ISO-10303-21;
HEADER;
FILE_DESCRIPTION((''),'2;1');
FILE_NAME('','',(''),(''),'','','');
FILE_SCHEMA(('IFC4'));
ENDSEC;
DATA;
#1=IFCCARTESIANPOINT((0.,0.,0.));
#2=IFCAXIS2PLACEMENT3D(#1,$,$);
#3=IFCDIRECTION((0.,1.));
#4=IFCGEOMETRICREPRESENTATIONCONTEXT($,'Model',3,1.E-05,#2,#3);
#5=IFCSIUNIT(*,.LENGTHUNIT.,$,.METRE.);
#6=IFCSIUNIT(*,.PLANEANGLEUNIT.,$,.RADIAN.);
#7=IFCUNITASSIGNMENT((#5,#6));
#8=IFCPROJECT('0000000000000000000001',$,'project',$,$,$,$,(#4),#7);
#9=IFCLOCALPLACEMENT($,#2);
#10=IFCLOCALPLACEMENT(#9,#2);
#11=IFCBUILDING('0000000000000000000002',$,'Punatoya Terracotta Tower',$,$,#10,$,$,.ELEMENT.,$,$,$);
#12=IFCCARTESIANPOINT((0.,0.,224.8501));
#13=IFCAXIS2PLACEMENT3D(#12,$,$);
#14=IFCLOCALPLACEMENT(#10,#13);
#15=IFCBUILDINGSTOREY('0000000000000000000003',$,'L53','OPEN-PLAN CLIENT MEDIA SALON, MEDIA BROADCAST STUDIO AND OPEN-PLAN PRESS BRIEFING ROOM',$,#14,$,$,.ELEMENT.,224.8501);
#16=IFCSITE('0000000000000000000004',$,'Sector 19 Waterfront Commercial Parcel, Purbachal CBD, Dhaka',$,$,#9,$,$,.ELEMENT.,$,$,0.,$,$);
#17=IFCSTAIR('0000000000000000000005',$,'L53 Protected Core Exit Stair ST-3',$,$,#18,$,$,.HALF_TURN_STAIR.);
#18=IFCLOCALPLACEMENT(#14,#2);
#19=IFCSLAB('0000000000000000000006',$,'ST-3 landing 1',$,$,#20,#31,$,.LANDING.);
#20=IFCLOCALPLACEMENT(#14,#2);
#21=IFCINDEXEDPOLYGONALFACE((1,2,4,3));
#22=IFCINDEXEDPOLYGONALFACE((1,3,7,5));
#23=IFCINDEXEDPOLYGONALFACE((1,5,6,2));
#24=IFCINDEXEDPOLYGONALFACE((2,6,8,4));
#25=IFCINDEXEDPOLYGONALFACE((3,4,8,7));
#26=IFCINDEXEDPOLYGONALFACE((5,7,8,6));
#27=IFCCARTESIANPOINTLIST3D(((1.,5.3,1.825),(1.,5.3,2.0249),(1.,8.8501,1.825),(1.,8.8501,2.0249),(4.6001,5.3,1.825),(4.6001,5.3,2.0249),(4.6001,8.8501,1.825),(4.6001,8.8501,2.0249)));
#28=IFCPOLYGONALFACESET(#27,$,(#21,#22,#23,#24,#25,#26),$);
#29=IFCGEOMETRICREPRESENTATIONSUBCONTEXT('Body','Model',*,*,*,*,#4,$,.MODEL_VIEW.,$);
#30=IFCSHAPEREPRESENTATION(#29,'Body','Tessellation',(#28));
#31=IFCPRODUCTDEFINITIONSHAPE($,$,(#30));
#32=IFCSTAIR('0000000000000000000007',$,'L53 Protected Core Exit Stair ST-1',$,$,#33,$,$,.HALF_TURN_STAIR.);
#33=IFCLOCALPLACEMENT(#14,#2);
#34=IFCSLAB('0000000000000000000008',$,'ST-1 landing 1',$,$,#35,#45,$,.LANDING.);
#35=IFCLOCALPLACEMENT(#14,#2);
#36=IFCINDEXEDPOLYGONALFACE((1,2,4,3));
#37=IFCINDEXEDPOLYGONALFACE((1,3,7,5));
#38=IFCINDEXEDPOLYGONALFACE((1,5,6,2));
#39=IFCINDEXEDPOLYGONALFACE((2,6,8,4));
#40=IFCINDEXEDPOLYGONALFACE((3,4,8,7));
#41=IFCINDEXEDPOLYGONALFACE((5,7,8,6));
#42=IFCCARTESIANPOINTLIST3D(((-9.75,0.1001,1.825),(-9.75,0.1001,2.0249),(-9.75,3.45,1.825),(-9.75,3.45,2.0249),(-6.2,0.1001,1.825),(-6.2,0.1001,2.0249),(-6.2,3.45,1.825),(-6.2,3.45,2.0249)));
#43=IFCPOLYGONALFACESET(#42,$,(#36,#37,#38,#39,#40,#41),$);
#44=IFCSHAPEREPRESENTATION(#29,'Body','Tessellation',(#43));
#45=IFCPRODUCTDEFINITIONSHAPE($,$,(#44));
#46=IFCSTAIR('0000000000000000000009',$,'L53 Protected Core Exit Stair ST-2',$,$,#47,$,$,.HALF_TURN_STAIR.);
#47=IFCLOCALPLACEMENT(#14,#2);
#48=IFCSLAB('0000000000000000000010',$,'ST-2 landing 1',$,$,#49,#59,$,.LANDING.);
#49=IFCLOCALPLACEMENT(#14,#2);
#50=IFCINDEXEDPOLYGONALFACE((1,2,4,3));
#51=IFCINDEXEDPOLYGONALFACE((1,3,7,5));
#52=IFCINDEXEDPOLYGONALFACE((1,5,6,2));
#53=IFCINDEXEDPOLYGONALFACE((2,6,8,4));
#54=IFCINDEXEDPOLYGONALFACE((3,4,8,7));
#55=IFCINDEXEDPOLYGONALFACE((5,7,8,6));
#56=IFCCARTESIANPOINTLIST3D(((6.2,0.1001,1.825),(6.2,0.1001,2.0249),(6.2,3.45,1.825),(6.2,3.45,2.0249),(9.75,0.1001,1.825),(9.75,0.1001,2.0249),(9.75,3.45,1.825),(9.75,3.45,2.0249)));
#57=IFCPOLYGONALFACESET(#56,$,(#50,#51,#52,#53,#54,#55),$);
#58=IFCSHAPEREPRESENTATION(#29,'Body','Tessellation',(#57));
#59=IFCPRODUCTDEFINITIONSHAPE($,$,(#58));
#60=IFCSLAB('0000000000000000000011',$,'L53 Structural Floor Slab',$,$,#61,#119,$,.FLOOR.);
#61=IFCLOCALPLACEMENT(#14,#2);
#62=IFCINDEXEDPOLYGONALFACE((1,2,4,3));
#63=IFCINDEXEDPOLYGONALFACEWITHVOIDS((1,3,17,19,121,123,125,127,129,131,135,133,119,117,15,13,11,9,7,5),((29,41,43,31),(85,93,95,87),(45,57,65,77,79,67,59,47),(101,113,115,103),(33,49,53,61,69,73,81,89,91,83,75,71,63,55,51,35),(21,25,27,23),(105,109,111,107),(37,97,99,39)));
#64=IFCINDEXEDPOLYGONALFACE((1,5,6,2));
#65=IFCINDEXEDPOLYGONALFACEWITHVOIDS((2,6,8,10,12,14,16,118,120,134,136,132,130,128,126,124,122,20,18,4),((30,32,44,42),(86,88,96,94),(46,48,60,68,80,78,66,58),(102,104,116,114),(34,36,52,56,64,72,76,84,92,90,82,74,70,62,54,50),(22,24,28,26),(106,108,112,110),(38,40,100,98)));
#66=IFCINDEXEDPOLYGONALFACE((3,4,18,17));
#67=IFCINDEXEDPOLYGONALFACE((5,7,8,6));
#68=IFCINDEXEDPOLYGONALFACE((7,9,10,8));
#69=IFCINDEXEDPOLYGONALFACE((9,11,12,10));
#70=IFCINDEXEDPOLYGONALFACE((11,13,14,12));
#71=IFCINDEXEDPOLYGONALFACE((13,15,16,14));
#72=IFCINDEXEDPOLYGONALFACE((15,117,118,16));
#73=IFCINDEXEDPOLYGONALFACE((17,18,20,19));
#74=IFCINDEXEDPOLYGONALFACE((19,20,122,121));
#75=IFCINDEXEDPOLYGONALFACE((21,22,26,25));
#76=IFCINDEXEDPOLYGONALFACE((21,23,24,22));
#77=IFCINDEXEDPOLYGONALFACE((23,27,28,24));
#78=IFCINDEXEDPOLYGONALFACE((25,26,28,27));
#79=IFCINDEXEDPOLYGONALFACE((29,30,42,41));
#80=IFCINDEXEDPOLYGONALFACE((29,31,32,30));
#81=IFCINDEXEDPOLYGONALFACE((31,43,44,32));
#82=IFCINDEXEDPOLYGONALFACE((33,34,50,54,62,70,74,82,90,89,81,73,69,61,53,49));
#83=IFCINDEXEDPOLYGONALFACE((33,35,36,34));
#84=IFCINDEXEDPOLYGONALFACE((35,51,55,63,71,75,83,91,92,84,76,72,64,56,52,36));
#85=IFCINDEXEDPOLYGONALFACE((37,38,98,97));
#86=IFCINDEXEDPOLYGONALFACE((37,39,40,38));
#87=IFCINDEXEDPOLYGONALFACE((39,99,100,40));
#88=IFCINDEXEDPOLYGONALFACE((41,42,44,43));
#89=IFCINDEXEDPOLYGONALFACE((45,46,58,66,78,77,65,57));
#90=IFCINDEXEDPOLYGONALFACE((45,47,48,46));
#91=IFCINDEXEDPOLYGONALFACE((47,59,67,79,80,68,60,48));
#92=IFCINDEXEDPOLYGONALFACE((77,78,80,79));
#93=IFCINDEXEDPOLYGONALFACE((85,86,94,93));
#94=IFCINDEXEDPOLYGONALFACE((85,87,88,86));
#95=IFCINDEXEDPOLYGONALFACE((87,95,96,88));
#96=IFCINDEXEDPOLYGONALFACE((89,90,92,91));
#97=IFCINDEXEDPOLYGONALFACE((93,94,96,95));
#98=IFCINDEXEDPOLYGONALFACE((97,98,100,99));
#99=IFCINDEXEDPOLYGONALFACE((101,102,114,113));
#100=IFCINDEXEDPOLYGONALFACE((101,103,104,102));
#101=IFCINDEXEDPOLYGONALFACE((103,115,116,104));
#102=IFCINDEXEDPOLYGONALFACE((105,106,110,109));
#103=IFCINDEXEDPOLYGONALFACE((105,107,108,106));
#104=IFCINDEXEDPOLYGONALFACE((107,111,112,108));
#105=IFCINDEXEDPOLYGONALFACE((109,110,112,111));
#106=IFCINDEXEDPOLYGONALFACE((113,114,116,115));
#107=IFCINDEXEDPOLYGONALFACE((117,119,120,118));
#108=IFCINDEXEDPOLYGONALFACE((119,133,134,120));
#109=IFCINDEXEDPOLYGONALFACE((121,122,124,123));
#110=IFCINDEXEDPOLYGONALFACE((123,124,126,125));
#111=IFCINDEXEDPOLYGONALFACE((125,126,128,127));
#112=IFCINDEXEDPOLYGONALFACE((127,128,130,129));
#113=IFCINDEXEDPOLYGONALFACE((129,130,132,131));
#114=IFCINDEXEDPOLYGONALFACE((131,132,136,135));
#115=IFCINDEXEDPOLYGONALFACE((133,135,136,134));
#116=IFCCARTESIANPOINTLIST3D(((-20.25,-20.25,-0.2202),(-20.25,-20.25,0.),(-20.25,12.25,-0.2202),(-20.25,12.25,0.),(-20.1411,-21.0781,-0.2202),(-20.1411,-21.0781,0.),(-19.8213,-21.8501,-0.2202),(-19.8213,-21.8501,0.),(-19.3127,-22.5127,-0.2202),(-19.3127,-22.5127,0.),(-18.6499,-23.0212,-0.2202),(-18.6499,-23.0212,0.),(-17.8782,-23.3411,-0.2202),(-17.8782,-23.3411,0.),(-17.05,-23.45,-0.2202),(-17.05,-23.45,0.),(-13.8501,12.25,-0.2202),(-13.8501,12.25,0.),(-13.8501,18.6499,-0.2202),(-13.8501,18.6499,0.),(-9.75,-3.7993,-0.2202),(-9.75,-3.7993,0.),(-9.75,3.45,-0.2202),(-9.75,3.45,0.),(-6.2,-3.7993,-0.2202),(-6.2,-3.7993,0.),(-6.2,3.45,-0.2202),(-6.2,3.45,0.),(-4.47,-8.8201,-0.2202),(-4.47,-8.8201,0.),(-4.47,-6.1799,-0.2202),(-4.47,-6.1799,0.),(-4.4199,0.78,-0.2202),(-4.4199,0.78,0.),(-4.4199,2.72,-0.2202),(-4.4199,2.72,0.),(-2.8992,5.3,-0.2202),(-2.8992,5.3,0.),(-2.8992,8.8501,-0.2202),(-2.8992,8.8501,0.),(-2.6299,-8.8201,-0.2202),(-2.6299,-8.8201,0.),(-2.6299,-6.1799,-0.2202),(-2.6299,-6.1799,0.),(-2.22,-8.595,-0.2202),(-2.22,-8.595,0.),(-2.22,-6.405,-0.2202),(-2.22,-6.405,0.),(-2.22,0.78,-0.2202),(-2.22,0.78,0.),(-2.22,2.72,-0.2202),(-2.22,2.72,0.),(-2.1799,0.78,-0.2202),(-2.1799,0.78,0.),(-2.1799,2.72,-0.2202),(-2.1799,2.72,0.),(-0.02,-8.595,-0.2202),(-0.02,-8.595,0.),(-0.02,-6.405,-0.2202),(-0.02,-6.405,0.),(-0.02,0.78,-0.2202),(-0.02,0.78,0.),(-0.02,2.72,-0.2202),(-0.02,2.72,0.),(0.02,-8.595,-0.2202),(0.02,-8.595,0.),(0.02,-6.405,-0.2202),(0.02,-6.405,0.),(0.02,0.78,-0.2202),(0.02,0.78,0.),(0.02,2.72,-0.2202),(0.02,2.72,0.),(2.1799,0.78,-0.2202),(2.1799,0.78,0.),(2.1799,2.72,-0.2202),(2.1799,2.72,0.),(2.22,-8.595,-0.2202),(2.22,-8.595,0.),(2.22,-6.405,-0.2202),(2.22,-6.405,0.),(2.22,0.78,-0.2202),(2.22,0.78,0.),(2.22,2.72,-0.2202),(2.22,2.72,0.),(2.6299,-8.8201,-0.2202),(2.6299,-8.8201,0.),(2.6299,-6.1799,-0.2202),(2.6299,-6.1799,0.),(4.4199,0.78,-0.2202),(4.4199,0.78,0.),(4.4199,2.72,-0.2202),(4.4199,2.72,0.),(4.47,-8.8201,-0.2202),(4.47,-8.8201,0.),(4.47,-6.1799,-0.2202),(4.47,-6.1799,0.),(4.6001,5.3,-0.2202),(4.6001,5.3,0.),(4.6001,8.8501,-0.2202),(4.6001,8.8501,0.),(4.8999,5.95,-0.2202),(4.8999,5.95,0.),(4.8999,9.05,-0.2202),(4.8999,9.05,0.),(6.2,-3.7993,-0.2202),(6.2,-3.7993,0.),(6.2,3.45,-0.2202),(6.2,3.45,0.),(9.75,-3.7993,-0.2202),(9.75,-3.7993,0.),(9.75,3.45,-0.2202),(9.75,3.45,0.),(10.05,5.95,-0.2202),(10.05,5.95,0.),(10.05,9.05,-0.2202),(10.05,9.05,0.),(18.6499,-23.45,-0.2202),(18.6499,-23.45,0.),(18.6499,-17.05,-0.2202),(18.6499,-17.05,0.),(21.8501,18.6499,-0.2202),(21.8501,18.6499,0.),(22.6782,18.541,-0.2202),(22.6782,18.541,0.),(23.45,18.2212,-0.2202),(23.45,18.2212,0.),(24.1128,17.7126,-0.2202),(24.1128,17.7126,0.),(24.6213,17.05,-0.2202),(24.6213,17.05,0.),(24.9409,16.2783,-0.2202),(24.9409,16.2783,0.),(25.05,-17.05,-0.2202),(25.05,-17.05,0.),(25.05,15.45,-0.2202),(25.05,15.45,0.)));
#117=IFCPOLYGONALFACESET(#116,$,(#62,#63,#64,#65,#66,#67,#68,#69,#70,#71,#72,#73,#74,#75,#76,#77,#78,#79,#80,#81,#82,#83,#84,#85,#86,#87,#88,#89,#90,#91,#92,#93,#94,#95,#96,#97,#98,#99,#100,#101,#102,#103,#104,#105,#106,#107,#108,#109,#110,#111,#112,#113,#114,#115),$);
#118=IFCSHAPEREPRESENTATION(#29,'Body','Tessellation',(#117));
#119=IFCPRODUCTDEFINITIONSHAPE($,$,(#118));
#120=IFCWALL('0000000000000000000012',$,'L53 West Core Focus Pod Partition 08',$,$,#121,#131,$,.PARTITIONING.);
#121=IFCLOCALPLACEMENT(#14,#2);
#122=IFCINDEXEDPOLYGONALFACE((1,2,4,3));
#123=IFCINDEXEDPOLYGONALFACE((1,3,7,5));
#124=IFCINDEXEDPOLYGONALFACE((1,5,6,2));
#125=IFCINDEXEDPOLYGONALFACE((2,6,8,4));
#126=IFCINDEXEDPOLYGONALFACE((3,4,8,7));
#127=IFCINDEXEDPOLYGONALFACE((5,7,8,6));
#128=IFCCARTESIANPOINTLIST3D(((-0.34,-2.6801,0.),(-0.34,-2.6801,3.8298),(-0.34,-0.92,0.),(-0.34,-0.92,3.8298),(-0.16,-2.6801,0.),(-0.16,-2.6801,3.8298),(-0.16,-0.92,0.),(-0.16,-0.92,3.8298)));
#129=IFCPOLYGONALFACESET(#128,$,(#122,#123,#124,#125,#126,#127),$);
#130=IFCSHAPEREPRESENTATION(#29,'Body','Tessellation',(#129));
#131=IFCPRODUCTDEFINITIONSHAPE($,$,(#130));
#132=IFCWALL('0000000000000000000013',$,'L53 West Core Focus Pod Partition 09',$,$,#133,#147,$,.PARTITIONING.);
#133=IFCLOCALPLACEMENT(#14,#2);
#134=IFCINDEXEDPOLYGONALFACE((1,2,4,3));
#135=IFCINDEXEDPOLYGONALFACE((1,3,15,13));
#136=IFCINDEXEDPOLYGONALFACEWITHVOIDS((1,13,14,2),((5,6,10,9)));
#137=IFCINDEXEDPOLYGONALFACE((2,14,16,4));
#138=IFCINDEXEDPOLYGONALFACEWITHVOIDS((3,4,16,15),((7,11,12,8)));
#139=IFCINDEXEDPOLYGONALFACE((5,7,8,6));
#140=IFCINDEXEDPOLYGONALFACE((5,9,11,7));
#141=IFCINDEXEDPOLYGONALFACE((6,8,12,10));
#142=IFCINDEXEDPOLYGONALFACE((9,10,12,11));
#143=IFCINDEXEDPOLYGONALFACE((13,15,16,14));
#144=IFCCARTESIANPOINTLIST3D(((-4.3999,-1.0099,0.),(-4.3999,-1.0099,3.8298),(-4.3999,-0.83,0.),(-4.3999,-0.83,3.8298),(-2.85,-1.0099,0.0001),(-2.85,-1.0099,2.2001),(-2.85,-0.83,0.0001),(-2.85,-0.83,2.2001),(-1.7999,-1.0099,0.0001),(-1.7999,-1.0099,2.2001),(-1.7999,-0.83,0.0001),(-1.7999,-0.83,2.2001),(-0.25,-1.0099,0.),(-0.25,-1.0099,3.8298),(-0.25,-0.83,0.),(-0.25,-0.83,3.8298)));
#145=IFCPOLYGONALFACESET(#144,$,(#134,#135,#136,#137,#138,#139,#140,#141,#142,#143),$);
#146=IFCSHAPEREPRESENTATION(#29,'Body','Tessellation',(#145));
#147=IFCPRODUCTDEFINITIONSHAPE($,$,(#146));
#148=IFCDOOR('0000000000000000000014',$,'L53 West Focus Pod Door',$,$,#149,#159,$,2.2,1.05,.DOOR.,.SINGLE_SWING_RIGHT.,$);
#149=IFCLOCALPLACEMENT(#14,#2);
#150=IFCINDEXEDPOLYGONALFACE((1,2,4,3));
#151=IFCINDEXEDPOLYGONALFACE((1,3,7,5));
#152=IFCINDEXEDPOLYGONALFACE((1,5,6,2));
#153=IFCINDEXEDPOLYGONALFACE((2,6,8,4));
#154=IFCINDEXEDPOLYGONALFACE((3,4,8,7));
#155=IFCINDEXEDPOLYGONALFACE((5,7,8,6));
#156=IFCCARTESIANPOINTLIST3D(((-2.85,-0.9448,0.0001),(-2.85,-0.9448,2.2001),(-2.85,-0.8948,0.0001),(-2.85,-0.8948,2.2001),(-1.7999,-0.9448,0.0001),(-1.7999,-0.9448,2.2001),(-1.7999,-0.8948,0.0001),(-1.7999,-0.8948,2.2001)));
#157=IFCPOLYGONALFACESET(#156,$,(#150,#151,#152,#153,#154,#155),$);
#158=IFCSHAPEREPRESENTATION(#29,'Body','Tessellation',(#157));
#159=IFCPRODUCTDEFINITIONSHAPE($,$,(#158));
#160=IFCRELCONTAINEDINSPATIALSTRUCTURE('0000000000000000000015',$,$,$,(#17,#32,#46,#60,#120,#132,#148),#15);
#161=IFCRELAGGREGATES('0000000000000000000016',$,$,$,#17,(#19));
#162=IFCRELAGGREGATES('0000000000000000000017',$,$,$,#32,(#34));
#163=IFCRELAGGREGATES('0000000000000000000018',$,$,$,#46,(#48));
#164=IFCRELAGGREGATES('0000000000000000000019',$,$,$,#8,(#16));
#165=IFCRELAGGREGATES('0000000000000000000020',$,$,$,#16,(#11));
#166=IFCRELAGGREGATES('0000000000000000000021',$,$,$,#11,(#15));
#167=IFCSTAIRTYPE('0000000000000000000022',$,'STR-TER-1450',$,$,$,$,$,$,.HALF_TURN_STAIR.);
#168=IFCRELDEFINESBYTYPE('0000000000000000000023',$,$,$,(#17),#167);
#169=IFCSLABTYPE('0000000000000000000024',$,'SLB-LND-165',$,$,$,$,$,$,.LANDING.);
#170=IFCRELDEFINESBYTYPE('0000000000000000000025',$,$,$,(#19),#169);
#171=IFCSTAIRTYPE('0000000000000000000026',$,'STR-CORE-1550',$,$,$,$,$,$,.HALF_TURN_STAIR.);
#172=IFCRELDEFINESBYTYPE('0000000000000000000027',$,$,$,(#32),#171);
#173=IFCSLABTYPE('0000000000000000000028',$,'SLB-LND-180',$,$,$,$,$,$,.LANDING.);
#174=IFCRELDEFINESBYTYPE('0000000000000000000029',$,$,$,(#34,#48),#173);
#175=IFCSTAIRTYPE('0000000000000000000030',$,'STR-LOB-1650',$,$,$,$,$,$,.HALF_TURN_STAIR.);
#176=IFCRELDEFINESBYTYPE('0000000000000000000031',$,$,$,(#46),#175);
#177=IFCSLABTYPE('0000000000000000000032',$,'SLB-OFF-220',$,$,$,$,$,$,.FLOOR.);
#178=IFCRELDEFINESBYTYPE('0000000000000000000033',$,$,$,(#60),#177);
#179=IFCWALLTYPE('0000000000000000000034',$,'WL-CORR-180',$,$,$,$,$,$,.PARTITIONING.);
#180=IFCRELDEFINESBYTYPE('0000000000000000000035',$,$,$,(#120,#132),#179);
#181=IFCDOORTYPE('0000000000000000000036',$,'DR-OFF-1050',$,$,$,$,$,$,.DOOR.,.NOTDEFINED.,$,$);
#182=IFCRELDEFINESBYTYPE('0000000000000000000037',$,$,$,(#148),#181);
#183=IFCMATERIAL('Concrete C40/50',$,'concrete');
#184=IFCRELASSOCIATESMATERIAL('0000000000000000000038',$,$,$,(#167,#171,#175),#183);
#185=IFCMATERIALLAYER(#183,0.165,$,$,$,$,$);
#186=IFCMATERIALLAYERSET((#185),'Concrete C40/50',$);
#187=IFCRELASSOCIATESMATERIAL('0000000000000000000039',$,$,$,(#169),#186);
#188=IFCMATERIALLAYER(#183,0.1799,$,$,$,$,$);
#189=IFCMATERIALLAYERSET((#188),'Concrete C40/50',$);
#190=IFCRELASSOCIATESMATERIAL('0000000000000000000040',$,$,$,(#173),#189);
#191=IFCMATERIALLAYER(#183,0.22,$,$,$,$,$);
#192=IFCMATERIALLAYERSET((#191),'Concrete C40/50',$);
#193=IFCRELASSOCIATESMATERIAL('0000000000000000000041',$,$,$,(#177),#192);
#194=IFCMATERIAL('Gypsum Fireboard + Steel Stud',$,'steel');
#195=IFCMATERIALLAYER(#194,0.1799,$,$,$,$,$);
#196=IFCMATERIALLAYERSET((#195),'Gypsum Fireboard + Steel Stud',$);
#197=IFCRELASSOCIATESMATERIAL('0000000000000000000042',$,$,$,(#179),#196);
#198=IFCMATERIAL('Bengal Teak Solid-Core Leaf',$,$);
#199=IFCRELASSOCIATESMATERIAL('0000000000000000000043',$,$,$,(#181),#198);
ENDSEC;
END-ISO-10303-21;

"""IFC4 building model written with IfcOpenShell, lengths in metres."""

from ifc_helpers import new_model, si_unit, direction, frame, frame_2d, origin, place, context, subcontext, project, spatial, polyline, rectangle, outline, extrude, material, layer, layer_set, type_object, element, fill, aggregate, save


model = new_model("IFC4")

# Units and contexts
model_context = context("Model", 3, precision=1e-05, world=origin(), true_north=direction((0.0, 1.0)))
body_context = subcontext(model_context, "Body", "Model", "MODEL_VIEW")
ifc_project = project(units=[si_unit("LENGTHUNIT", "METRE"), si_unit("PLANEANGLEUNIT", "RADIAN")], contexts=[model_context])

# Site, building, storey
site_placement = place(None, origin())
site = spatial("IfcSite", under=ifc_project, at=site_placement, Name="Sector 19 Waterfront Commercial Parcel, Purbachal CBD, Dhaka", CompositionType="ELEMENT", RefElevation=0.0)
building_placement = place(site_placement, origin())
building = spatial("IfcBuilding", under=site, at=building_placement, Name="Punatoya Terracotta Tower", CompositionType="ELEMENT")
storey_placement = place(building_placement, frame((0.0, 0.0, 224.8501)))
storey = spatial("IfcBuildingStorey", under=building, at=storey_placement, Name="L53", Description="OPEN-PLAN CLIENT MEDIA SALON, MEDIA BROADCAST STUDIO AND OPEN-PLAN PRESS BRIEFING ROOM", CompositionType="ELEMENT", Elevation=224.8501)

# Stairs, slabs
ifc_material_1 = material(Name="Concrete C40/50", Category="concrete")
stair_type_1 = type_object("IfcStairType", Name="STR-TER-1450", PredefinedType="HALF_TURN_STAIR", material=ifc_material_1)
stair_1_placement = place(storey_placement, origin())
stair_1 = element("IfcStair", 1, at=stair_1_placement, inside=storey, type_object=stair_type_1, Name="L53 Protected Core Exit Stair ST-3", PredefinedType="HALF_TURN_STAIR")
ifc_layer_1 = layer(ifc_material_1, 0.165)
ifc_layer_set_1 = layer_set([ifc_layer_1], Name="Concrete C40/50")
slab_type_1 = type_object("IfcSlabType", Name="SLB-LND-165", PredefinedType="LANDING", material=ifc_layer_set_1)
slab_1_placement = place(storey_placement, frame((0.0, 0.0, 1.825)))
slab_1 = element("IfcSlab", 2, at=slab_1_placement, type_object=slab_type_1, Name="ST-3 landing 1", PredefinedType="LANDING", context=body_context, shape_type="SweptSolid", body=[
    extrude(outline(polyline([(1.0, 5.3), (4.6001, 5.3), (4.6001, 8.8501), (1.0, 8.8501), (1.0, 5.3)])), origin(), (0.0, 0.0, 1.0), 0.2),
])
aggregate(stair_1, [slab_1])
stair_type_2 = type_object("IfcStairType", Name="STR-CORE-1550", PredefinedType="HALF_TURN_STAIR", material=ifc_material_1)
stair_2_placement = place(storey_placement, origin())
stair_2 = element("IfcStair", 3, at=stair_2_placement, inside=storey, type_object=stair_type_2, Name="L53 Protected Core Exit Stair ST-1", PredefinedType="HALF_TURN_STAIR")
ifc_layer_2 = layer(ifc_material_1, 0.1799)
ifc_layer_set_2 = layer_set([ifc_layer_2], Name="Concrete C40/50")
slab_type_2 = type_object("IfcSlabType", Name="SLB-LND-180", PredefinedType="LANDING", material=ifc_layer_set_2)
slab_2_placement = place(storey_placement, frame((0.0, 0.0, 1.825)))
slab_2 = element("IfcSlab", 4, at=slab_2_placement, type_object=slab_type_2, Name="ST-1 landing 1", PredefinedType="LANDING", context=body_context, shape_type="SweptSolid", body=[
    extrude(outline(polyline([(-6.2, 0.1001), (-6.2, 3.45), (-9.75, 3.45), (-9.75, 0.1001), (-6.2, 0.1001)])), origin(), (0.0, 0.0, 1.0), 0.2),
])
aggregate(stair_2, [slab_2])
stair_type_3 = type_object("IfcStairType", Name="STR-LOB-1650", PredefinedType="HALF_TURN_STAIR", material=ifc_material_1)
stair_3_placement = place(storey_placement, origin())
stair_3 = element("IfcStair", 5, at=stair_3_placement, inside=storey, type_object=stair_type_3, Name="L53 Protected Core Exit Stair ST-2", PredefinedType="HALF_TURN_STAIR")
slab_3_placement = place(storey_placement, frame((0.0, 0.0, 1.825)))
slab_3 = element("IfcSlab", 6, at=slab_3_placement, type_object=slab_type_2, Name="ST-2 landing 1", PredefinedType="LANDING", context=body_context, shape_type="SweptSolid", body=[
    extrude(outline(polyline([(9.75, 0.1001), (9.75, 3.45), (6.2, 3.45), (6.2, 0.1001), (9.75, 0.1001)])), origin(), (0.0, 0.0, 1.0), 0.2),
])

# Slab
ifc_layer_3 = layer(ifc_material_1, 0.22)
ifc_layer_set_3 = layer_set([ifc_layer_3], Name="Concrete C40/50")
slab_type_3 = type_object("IfcSlabType", Name="SLB-OFF-220", PredefinedType="FLOOR", material=ifc_layer_set_3)
slab_4_placement = place(storey_placement, frame((0.0, 0.0, -0.2202)))
element("IfcSlab", 7, at=slab_4_placement, inside=storey, type_object=slab_type_3, Name="L53 Structural Floor Slab", PredefinedType="FLOOR", context=body_context, shape_type="SweptSolid", body=[
    extrude(outline(polyline([(-17.05, -23.45), (-17.8782, -23.3411), (-18.6499, -23.0212), (-19.3127, -22.5127), (-19.8213, -21.8501), (-20.1411, -21.0781), (-20.25, -20.25), (-20.25, 12.25), (-13.8501, 12.25), (-13.8501, 18.6499), (21.8501, 18.6499), (22.6782, 18.541), (23.45, 18.2212), (24.1128, 17.7126), (24.6213, 17.05), (24.9409, 16.2783), (25.05, 15.45), (25.05, -17.05), (18.6499, -17.05), (18.6499, -23.45), (-17.05, -23.45)]), holes=[polyline([(-2.6299, -6.1799), (-4.47, -6.1799), (-4.47, -8.8201), (-2.6299, -8.8201), (-2.6299, -6.1799)]), polyline([(0.02, -8.595), (2.22, -8.595), (2.22, -6.405), (0.02, -6.405), (-0.02, -6.405), (-2.22, -6.405), (-2.22, -8.595), (-0.02, -8.595), (0.02, -8.595)]), polyline([(-6.2, 3.45), (-9.75, 3.45), (-9.75, -3.7993), (-6.2, -3.7993), (-6.2, 3.45)]), polyline([(-4.4199, 2.72), (-4.4199, 0.78), (-2.22, 0.78), (-2.1799, 0.78), (-0.02, 0.78), (0.02, 0.78), (2.1799, 0.78), (2.22, 0.78), (4.4199, 0.78), (4.4199, 2.72), (2.22, 2.72), (2.1799, 2.72), (0.02, 2.72), (-0.02, 2.72), (-2.1799, 2.72), (-2.22, 2.72), (-4.4199, 2.72)]), polyline([(4.6001, 5.3), (4.6001, 8.8501), (-2.8992, 8.8501), (-2.8992, 5.3), (4.6001, 5.3)]), polyline([(4.47, -8.8201), (4.47, -6.1799), (2.6299, -6.1799), (2.6299, -8.8201), (4.47, -8.8201)]), polyline([(9.75, 3.45), (6.2, 3.45), (6.2, -3.7993), (9.75, -3.7993), (9.75, 3.45)]), polyline([(10.05, 5.95), (10.05, 9.05), (4.8999, 9.05), (4.8999, 5.95), (10.05, 5.95)])]), origin(), (0.0, 0.0, 1.0), 0.2202),
])

# Wall
ifc_material_2 = material(Name="Gypsum Fireboard + Steel Stud", Category="steel")
ifc_layer_4 = layer(ifc_material_2, 0.1799)
ifc_layer_set_4 = layer_set([ifc_layer_4], Name="Gypsum Fireboard + Steel Stud")
wall_type_1 = type_object("IfcWallType", Name="WL-CORR-180", PredefinedType="PARTITIONING", material=ifc_layer_set_4)
wall_1_placement = place(storey_placement, frame((-0.25, -2.6799, 0.0), z_axis=(0.0, 0.0, 1.0), x_axis=(0.0, 1.0, 0.0)))
element("IfcWall", 8, at=wall_1_placement, inside=storey, type_object=wall_type_1, Name="L53 West Core Focus Pod Partition 08", PredefinedType="PARTITIONING", context=body_context, shape_type="SweptSolid", body=[
    extrude(rectangle(XDim=1.76, YDim=0.1799, at=frame_2d((0.8799, 0.0))), origin(), (0.0, 0.0, 1.0), 3.8298),
])

# Wall, opening, door
wall_2_placement = place(storey_placement, frame((-0.25, -0.9199, 0.0), z_axis=(0.0, 0.0, 1.0), x_axis=(-1.0, 0.0, 0.0)))
wall_2 = element("IfcWall", 9, at=wall_2_placement, inside=storey, type_object=wall_type_1, Name="L53 West Core Focus Pod Partition 09", PredefinedType="PARTITIONING", context=body_context, shape_type="SweptSolid", body=[
    extrude(rectangle(XDim=4.1499, YDim=0.1799, at=frame_2d((2.075, 0.0))), origin(), (0.0, 0.0, 1.0), 3.8298),
])
opening_1_placement = place(wall_2_placement, frame((1.55, 0.0, 0.0)))
opening_1 = element("IfcOpeningElement", 10, at=opening_1_placement, cuts=wall_2, PredefinedType="OPENING", context=body_context, shape_type="SweptSolid", body=[
    extrude(rectangle(XDim=1.05, YDim=2.2, at=frame_2d((0.5249, 1.1001))), frame((0.0, 0.0999, 0.0), z_axis=(0.0, -1.0, 0.0), x_axis=(1.0, 0.0, 0.0)), (0.0, 0.0, 1.0), 0.2),
])
ifc_material_3 = material(Name="Bengal Teak Solid-Core Leaf")
door_type_1 = type_object("IfcDoorType", Name="DR-OFF-1050", OperationType="NOTDEFINED", PredefinedType="DOOR", material=ifc_material_3)
door_1_placement = place(opening_1_placement, origin())
door_1 = element("IfcDoor", 11, at=door_1_placement, inside=storey, type_object=door_type_1, Name="L53 West Focus Pod Door", OperationType="SINGLE_SWING_RIGHT", OverallHeight=2.2, OverallWidth=1.05, PredefinedType="DOOR", context=body_context, shape_type="SweptSolid", body=[
    extrude(rectangle(XDim=1.05, YDim=2.2, at=frame_2d((0.5249, 1.1001))), frame((0.0, 0.0249, 0.0), z_axis=(0.0, -1.0, 0.0), x_axis=(1.0, 0.0, 0.0)), (0.0, 0.0, 1.0), 0.05),
])
fill(opening_1, door_1)

aggregate(stair_3, [slab_3])

save(model, "model.ifc")
